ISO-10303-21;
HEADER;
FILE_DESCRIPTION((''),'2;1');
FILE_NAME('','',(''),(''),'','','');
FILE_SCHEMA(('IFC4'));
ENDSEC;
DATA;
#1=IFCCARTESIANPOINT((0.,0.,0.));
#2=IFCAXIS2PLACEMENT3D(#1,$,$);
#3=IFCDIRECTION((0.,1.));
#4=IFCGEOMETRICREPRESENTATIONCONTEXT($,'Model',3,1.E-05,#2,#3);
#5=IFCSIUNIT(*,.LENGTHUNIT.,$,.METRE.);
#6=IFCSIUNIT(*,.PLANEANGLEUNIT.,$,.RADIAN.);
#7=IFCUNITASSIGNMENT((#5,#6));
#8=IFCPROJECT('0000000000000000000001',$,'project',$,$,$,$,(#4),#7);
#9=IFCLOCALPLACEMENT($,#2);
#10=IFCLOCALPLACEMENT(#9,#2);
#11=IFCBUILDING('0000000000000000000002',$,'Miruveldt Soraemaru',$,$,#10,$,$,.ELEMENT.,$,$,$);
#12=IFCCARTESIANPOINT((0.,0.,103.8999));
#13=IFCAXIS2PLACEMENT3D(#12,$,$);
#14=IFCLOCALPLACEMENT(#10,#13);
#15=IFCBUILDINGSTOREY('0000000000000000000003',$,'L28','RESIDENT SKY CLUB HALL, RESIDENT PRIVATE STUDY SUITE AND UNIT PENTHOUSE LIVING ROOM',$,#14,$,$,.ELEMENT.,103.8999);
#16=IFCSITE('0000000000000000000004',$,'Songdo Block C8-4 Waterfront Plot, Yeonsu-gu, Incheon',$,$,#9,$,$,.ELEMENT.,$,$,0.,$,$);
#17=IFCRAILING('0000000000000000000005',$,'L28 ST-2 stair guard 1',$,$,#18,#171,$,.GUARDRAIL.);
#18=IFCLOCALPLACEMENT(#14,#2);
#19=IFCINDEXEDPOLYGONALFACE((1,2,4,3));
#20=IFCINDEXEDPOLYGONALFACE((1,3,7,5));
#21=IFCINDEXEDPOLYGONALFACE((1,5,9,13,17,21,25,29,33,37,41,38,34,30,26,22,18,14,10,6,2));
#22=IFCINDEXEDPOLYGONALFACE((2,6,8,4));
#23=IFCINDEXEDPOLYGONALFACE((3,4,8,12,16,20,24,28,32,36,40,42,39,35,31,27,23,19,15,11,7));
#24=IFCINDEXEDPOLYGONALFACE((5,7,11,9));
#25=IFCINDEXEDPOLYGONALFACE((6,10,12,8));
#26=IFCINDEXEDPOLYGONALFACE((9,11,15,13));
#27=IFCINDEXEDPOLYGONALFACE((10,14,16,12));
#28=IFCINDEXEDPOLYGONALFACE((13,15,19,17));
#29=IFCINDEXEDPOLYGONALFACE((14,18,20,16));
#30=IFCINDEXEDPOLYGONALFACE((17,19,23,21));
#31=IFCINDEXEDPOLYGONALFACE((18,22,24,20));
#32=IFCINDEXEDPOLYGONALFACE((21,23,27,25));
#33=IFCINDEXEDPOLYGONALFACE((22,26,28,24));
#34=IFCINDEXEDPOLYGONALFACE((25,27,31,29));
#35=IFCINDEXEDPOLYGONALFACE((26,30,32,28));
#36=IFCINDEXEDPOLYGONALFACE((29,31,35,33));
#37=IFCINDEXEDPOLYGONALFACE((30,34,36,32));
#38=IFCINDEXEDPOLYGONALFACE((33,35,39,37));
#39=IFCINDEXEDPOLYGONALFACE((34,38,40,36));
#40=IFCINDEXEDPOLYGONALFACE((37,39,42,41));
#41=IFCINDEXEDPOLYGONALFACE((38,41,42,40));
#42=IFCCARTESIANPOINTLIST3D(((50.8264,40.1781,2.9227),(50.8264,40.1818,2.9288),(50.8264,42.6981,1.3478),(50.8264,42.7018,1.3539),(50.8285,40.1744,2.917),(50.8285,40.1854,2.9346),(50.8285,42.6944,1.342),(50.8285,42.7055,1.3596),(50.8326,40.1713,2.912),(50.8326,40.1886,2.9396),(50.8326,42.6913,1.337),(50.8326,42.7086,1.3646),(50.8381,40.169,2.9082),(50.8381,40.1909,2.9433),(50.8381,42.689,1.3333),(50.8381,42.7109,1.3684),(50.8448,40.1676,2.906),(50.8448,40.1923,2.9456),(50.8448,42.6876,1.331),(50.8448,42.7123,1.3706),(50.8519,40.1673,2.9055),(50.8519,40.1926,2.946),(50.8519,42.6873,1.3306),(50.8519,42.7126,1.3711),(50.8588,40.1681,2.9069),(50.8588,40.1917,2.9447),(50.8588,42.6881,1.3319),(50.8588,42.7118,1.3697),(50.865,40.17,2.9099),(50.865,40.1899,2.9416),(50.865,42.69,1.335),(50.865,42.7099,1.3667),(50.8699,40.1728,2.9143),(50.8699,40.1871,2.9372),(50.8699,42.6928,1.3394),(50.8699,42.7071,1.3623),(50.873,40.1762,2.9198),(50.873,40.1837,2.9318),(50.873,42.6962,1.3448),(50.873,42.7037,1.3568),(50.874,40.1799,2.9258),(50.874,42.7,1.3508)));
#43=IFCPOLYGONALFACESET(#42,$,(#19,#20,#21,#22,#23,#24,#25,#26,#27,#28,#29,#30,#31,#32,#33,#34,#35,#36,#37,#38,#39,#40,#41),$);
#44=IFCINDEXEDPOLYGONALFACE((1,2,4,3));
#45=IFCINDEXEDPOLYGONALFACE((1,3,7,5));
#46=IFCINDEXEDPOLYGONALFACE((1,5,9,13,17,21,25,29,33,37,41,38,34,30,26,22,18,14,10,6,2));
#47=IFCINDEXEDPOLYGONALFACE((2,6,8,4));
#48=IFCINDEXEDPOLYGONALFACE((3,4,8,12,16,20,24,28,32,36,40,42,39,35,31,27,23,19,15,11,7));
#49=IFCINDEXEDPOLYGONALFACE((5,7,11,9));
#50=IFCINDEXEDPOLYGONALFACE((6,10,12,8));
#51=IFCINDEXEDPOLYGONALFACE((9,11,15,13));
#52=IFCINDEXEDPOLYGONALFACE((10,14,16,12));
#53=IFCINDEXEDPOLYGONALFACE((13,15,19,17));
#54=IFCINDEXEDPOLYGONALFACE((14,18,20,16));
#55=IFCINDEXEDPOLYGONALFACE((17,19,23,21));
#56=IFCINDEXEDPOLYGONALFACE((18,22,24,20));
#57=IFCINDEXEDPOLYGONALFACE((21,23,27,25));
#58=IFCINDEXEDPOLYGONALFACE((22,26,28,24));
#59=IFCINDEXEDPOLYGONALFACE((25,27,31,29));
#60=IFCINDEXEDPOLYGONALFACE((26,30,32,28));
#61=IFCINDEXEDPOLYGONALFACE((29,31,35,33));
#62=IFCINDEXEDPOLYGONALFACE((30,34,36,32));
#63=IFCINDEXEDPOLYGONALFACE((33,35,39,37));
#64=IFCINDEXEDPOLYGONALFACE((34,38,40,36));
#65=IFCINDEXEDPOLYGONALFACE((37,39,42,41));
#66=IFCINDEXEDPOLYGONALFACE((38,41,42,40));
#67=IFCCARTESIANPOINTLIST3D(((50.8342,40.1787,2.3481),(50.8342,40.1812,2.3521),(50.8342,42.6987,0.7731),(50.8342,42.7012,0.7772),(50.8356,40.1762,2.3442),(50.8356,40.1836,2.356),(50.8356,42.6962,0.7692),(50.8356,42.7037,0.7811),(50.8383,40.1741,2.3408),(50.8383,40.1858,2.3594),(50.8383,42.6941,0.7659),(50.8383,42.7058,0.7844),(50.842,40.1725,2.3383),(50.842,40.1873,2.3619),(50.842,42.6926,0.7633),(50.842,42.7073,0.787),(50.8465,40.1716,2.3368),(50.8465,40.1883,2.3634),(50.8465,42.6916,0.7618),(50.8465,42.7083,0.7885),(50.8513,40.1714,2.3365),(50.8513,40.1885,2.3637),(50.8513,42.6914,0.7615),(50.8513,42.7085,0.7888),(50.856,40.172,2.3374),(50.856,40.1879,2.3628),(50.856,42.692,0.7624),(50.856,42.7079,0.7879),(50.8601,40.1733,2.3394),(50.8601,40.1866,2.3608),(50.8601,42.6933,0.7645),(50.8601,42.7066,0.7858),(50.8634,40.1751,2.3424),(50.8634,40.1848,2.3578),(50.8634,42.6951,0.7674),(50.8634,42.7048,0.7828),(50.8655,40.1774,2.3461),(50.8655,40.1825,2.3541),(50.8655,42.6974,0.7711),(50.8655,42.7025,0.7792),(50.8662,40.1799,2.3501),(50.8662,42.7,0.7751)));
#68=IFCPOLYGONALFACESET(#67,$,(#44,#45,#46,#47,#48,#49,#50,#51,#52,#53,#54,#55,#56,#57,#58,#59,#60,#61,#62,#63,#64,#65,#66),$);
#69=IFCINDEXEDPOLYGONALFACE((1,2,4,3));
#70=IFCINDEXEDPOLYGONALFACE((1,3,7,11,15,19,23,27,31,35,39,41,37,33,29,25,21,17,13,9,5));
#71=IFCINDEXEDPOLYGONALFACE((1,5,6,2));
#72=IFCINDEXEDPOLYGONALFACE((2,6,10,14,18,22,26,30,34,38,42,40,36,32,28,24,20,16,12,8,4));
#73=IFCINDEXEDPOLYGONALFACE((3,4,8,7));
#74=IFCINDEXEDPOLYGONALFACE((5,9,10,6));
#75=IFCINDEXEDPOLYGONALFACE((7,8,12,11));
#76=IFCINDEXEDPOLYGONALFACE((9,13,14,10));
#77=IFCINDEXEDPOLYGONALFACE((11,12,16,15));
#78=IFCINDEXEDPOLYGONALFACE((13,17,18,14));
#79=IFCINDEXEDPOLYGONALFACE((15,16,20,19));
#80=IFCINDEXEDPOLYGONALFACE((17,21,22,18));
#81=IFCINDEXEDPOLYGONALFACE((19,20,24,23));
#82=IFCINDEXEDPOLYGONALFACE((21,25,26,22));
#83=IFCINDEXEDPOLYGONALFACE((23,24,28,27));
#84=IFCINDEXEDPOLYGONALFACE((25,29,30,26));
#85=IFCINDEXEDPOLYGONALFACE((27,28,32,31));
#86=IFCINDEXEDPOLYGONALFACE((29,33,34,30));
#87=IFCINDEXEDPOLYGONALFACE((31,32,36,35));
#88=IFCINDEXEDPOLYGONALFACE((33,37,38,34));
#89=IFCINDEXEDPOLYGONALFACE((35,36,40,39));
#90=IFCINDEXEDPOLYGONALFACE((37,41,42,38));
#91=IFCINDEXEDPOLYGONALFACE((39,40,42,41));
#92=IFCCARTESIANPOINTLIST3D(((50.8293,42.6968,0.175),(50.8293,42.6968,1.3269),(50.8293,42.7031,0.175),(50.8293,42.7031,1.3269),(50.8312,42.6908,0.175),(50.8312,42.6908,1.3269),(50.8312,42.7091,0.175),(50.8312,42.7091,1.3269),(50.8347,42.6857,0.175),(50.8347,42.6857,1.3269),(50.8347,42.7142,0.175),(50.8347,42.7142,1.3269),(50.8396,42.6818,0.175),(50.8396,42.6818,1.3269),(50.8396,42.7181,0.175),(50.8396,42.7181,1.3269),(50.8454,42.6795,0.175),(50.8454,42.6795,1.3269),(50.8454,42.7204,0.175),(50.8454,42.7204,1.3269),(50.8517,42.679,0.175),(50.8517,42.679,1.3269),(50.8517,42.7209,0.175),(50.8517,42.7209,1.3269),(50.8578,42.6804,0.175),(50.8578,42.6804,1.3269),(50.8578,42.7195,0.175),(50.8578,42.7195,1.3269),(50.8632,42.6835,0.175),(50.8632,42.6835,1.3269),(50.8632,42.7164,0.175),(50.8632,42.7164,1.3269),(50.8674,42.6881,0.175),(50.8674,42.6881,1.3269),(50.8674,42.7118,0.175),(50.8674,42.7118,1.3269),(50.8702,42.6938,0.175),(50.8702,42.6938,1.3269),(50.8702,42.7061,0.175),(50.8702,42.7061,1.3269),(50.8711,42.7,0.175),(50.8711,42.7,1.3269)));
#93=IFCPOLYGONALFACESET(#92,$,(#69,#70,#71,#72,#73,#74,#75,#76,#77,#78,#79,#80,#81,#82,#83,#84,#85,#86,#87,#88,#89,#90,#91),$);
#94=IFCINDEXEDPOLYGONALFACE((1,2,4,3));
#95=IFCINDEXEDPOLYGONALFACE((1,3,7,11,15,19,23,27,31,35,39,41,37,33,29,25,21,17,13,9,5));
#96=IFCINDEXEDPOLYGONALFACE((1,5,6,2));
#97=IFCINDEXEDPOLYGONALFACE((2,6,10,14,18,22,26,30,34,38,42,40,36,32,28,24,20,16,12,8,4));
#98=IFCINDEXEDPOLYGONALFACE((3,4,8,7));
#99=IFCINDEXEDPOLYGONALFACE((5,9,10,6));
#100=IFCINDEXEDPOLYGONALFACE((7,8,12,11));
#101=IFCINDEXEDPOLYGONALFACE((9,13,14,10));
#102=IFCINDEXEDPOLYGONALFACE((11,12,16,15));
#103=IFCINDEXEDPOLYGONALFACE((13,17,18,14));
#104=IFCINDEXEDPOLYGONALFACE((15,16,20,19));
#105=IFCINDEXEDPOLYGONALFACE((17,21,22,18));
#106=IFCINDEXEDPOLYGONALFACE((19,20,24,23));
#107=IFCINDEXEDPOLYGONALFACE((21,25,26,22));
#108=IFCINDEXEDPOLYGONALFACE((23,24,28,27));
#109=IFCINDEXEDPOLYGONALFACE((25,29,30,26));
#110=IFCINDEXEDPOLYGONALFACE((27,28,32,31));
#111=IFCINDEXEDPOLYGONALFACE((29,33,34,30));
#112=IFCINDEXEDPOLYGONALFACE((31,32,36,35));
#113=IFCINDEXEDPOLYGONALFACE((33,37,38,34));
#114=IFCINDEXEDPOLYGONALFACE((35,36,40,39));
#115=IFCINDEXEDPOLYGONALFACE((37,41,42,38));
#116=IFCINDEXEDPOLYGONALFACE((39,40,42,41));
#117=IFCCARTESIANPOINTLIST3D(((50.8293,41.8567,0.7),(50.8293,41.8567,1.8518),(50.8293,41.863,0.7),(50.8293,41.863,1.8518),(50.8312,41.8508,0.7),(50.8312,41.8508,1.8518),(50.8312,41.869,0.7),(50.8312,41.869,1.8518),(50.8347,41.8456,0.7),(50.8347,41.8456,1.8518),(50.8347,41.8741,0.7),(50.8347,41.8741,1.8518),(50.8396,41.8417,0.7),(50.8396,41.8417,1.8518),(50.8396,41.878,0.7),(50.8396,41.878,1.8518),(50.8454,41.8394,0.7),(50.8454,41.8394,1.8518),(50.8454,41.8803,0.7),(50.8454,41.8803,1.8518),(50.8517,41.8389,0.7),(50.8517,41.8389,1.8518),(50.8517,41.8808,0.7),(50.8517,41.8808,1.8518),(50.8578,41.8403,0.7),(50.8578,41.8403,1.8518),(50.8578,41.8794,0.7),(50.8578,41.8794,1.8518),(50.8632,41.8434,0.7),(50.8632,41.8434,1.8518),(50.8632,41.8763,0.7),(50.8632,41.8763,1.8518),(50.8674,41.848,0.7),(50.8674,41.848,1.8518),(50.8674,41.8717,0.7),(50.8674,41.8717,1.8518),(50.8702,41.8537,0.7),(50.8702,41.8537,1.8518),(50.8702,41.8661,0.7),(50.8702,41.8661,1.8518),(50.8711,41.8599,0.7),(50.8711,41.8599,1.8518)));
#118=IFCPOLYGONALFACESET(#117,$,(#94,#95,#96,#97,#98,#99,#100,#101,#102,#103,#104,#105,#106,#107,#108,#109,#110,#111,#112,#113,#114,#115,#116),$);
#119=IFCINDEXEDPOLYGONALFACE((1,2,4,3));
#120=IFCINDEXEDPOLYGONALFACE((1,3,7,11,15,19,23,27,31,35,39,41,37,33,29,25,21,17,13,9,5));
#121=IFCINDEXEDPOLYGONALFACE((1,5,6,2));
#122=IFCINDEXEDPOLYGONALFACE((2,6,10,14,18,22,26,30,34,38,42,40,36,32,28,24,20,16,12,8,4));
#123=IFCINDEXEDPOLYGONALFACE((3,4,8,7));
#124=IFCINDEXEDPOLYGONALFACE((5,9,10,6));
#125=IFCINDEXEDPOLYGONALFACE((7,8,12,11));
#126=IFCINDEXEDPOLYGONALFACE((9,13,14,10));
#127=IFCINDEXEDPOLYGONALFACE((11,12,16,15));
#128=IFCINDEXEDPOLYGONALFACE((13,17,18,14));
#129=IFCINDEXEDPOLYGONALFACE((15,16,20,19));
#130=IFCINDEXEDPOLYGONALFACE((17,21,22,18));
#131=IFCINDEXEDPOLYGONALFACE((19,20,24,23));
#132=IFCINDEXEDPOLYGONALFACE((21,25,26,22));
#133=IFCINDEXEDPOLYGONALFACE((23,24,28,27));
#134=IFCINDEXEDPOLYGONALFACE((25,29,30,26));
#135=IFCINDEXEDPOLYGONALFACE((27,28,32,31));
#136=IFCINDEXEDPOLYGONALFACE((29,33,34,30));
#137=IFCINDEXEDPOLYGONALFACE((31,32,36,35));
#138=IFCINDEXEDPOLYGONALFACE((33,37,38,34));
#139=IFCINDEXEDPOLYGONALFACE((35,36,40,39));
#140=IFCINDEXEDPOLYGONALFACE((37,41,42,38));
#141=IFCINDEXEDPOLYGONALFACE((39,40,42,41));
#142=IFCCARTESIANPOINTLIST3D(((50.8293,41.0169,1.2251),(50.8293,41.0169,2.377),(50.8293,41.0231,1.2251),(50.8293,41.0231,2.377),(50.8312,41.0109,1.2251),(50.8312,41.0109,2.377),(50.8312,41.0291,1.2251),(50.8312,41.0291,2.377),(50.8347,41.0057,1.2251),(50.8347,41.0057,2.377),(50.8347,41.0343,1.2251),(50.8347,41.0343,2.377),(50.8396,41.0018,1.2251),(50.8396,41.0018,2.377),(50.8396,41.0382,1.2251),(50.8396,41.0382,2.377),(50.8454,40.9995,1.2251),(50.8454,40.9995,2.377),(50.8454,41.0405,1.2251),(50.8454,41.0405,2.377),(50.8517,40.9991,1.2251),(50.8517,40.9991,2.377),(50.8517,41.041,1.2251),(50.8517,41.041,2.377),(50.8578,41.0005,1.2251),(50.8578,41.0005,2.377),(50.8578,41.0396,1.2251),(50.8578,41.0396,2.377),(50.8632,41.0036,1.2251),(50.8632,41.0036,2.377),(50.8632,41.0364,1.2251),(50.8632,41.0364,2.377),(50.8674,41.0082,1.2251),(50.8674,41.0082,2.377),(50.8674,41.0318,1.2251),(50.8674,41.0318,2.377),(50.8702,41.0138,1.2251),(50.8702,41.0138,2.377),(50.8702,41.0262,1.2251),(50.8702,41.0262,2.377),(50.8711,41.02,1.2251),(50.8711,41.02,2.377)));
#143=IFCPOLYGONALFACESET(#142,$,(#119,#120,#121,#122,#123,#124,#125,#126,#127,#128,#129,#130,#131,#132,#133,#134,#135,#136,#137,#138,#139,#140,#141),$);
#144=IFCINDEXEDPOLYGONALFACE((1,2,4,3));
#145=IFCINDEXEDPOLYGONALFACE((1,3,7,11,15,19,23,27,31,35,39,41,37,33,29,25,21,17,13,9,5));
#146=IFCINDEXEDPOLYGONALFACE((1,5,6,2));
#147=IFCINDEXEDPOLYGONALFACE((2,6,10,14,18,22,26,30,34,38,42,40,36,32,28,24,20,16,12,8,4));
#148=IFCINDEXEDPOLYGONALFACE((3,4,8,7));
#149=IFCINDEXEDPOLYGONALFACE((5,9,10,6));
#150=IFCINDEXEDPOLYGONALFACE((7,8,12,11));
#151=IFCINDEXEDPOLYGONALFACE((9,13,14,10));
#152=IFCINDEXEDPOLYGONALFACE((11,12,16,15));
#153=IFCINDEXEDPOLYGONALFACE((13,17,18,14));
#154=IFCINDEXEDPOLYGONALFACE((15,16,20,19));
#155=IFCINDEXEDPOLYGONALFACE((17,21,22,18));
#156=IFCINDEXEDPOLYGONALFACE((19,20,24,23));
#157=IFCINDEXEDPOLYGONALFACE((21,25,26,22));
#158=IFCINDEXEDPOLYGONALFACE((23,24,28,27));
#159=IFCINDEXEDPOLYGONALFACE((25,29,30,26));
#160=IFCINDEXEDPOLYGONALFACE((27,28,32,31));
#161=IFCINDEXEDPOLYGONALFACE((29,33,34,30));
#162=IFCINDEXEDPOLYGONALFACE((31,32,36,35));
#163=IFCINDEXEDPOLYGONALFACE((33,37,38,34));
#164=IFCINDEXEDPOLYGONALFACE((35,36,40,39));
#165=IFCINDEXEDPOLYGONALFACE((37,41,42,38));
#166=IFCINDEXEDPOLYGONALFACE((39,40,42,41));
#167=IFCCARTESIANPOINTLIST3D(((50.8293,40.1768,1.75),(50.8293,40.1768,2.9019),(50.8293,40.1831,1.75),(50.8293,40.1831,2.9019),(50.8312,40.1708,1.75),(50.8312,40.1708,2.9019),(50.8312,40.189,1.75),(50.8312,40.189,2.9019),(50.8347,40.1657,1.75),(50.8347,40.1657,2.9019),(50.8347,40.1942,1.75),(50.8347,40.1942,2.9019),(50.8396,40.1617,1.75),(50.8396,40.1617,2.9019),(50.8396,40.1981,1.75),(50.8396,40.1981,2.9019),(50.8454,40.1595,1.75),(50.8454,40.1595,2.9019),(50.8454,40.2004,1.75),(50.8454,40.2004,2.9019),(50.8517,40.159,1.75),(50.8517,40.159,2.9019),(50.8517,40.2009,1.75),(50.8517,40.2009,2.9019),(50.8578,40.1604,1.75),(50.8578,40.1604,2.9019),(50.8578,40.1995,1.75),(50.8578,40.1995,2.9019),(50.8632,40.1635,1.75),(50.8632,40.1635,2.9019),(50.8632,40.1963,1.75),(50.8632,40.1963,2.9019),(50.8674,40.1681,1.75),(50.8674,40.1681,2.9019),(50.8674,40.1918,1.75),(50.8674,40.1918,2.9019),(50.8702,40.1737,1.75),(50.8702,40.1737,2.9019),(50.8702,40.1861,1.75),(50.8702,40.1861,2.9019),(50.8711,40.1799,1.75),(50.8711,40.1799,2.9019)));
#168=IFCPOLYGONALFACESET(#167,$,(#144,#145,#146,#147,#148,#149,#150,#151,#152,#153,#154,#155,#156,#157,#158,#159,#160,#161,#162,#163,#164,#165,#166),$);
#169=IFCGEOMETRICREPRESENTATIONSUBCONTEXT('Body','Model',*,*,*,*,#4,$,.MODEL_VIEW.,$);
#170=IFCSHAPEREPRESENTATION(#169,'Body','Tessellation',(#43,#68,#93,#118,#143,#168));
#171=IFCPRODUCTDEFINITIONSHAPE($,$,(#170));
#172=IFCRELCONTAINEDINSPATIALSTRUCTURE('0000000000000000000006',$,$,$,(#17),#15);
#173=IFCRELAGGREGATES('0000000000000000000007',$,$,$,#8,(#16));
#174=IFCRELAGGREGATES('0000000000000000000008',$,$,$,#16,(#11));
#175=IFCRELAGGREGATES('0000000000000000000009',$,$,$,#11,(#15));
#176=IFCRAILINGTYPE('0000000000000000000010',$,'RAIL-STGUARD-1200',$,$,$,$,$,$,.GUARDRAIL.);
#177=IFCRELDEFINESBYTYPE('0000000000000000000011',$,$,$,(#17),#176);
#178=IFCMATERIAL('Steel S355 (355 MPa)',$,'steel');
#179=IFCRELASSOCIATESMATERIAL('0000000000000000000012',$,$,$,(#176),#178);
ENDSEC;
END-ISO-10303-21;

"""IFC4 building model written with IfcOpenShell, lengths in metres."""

from ifc_helpers import new_model, si_unit, direction, frame, origin, origin_2d, place, context, subcontext, project, spatial, circle, extrude, material, type_object, element, save


model = new_model("IFC4")

# Units and contexts
model_context = context("Model", 3, precision=1e-05, world=origin(), true_north=direction((0.0, 1.0)))
body_context = subcontext(model_context, "Body", "Model", "MODEL_VIEW")
ifc_project = project(units=[si_unit("LENGTHUNIT", "METRE"), si_unit("PLANEANGLEUNIT", "RADIAN")], contexts=[model_context])

# Site, building, storey
site_placement = place(None, origin())
site = spatial("IfcSite", under=ifc_project, at=site_placement, Name="Songdo Block C8-4 Waterfront Plot, Yeonsu-gu, Incheon", CompositionType="ELEMENT", RefElevation=0.0)
building_placement = place(site_placement, origin())
building = spatial("IfcBuilding", under=site, at=building_placement, Name="Miruveldt Soraemaru", CompositionType="ELEMENT")
storey_placement = place(building_placement, frame((0.0, 0.0, 103.8999)))
storey = spatial("IfcBuildingStorey", under=building, at=storey_placement, Name="L28", Description="RESIDENT SKY CLUB HALL, RESIDENT PRIVATE STUDY SUITE AND UNIT PENTHOUSE LIVING ROOM", CompositionType="ELEMENT", Elevation=103.8999)

# Railing
ifc_material_1 = material(Name="Steel S355 (355 MPa)", Category="steel")
railing_type_1 = type_object("IfcRailingType", Name="RAIL-STGUARD-1200", PredefinedType="GUARDRAIL", material=ifc_material_1)
railing_1_placement = place(storey_placement, frame((50.8501, 42.7, 0.175)))
element("IfcRailing", 1, at=railing_1_placement, inside=storey, type_object=railing_type_1, Name="L28 ST-2 stair guard 1", PredefinedType="GUARDRAIL", context=body_context, shape_type="SweptSolid", body=[
    extrude(circle(Radius=0.0239, at=origin_2d()), frame((0.0, 0.0, 1.1758), z_axis=(0.0, -0.848008, 0.529984), x_axis=(1.0, 0.0, 0.0)), (0.0, 0.0, 1.0), 2.9717),
    extrude(circle(Radius=0.0161, at=origin_2d()), frame((0.0, 0.0, 0.6001), z_axis=(0.0, -0.848008, 0.529984), x_axis=(1.0, 0.0, 0.0)), (0.0, 0.0, 1.0), 2.9717),
    extrude(circle(Radius=0.021, at=origin_2d()), origin(), (0.0, 0.0, 1.0), 1.1519),
    extrude(circle(Radius=0.021, at=origin_2d()), frame((0.0, -0.8401, 0.5249)), (0.0, 0.0, 1.0), 1.1519),
    extrude(circle(Radius=0.021, at=origin_2d()), frame((0.0, -1.6799, 1.05)), (0.0, 0.0, 1.0), 1.1519),
    extrude(circle(Radius=0.021, at=origin_2d()), frame((0.0, -2.52, 1.575)), (0.0, 0.0, 1.0), 1.1519),
])

save(model, "model.ifc")
